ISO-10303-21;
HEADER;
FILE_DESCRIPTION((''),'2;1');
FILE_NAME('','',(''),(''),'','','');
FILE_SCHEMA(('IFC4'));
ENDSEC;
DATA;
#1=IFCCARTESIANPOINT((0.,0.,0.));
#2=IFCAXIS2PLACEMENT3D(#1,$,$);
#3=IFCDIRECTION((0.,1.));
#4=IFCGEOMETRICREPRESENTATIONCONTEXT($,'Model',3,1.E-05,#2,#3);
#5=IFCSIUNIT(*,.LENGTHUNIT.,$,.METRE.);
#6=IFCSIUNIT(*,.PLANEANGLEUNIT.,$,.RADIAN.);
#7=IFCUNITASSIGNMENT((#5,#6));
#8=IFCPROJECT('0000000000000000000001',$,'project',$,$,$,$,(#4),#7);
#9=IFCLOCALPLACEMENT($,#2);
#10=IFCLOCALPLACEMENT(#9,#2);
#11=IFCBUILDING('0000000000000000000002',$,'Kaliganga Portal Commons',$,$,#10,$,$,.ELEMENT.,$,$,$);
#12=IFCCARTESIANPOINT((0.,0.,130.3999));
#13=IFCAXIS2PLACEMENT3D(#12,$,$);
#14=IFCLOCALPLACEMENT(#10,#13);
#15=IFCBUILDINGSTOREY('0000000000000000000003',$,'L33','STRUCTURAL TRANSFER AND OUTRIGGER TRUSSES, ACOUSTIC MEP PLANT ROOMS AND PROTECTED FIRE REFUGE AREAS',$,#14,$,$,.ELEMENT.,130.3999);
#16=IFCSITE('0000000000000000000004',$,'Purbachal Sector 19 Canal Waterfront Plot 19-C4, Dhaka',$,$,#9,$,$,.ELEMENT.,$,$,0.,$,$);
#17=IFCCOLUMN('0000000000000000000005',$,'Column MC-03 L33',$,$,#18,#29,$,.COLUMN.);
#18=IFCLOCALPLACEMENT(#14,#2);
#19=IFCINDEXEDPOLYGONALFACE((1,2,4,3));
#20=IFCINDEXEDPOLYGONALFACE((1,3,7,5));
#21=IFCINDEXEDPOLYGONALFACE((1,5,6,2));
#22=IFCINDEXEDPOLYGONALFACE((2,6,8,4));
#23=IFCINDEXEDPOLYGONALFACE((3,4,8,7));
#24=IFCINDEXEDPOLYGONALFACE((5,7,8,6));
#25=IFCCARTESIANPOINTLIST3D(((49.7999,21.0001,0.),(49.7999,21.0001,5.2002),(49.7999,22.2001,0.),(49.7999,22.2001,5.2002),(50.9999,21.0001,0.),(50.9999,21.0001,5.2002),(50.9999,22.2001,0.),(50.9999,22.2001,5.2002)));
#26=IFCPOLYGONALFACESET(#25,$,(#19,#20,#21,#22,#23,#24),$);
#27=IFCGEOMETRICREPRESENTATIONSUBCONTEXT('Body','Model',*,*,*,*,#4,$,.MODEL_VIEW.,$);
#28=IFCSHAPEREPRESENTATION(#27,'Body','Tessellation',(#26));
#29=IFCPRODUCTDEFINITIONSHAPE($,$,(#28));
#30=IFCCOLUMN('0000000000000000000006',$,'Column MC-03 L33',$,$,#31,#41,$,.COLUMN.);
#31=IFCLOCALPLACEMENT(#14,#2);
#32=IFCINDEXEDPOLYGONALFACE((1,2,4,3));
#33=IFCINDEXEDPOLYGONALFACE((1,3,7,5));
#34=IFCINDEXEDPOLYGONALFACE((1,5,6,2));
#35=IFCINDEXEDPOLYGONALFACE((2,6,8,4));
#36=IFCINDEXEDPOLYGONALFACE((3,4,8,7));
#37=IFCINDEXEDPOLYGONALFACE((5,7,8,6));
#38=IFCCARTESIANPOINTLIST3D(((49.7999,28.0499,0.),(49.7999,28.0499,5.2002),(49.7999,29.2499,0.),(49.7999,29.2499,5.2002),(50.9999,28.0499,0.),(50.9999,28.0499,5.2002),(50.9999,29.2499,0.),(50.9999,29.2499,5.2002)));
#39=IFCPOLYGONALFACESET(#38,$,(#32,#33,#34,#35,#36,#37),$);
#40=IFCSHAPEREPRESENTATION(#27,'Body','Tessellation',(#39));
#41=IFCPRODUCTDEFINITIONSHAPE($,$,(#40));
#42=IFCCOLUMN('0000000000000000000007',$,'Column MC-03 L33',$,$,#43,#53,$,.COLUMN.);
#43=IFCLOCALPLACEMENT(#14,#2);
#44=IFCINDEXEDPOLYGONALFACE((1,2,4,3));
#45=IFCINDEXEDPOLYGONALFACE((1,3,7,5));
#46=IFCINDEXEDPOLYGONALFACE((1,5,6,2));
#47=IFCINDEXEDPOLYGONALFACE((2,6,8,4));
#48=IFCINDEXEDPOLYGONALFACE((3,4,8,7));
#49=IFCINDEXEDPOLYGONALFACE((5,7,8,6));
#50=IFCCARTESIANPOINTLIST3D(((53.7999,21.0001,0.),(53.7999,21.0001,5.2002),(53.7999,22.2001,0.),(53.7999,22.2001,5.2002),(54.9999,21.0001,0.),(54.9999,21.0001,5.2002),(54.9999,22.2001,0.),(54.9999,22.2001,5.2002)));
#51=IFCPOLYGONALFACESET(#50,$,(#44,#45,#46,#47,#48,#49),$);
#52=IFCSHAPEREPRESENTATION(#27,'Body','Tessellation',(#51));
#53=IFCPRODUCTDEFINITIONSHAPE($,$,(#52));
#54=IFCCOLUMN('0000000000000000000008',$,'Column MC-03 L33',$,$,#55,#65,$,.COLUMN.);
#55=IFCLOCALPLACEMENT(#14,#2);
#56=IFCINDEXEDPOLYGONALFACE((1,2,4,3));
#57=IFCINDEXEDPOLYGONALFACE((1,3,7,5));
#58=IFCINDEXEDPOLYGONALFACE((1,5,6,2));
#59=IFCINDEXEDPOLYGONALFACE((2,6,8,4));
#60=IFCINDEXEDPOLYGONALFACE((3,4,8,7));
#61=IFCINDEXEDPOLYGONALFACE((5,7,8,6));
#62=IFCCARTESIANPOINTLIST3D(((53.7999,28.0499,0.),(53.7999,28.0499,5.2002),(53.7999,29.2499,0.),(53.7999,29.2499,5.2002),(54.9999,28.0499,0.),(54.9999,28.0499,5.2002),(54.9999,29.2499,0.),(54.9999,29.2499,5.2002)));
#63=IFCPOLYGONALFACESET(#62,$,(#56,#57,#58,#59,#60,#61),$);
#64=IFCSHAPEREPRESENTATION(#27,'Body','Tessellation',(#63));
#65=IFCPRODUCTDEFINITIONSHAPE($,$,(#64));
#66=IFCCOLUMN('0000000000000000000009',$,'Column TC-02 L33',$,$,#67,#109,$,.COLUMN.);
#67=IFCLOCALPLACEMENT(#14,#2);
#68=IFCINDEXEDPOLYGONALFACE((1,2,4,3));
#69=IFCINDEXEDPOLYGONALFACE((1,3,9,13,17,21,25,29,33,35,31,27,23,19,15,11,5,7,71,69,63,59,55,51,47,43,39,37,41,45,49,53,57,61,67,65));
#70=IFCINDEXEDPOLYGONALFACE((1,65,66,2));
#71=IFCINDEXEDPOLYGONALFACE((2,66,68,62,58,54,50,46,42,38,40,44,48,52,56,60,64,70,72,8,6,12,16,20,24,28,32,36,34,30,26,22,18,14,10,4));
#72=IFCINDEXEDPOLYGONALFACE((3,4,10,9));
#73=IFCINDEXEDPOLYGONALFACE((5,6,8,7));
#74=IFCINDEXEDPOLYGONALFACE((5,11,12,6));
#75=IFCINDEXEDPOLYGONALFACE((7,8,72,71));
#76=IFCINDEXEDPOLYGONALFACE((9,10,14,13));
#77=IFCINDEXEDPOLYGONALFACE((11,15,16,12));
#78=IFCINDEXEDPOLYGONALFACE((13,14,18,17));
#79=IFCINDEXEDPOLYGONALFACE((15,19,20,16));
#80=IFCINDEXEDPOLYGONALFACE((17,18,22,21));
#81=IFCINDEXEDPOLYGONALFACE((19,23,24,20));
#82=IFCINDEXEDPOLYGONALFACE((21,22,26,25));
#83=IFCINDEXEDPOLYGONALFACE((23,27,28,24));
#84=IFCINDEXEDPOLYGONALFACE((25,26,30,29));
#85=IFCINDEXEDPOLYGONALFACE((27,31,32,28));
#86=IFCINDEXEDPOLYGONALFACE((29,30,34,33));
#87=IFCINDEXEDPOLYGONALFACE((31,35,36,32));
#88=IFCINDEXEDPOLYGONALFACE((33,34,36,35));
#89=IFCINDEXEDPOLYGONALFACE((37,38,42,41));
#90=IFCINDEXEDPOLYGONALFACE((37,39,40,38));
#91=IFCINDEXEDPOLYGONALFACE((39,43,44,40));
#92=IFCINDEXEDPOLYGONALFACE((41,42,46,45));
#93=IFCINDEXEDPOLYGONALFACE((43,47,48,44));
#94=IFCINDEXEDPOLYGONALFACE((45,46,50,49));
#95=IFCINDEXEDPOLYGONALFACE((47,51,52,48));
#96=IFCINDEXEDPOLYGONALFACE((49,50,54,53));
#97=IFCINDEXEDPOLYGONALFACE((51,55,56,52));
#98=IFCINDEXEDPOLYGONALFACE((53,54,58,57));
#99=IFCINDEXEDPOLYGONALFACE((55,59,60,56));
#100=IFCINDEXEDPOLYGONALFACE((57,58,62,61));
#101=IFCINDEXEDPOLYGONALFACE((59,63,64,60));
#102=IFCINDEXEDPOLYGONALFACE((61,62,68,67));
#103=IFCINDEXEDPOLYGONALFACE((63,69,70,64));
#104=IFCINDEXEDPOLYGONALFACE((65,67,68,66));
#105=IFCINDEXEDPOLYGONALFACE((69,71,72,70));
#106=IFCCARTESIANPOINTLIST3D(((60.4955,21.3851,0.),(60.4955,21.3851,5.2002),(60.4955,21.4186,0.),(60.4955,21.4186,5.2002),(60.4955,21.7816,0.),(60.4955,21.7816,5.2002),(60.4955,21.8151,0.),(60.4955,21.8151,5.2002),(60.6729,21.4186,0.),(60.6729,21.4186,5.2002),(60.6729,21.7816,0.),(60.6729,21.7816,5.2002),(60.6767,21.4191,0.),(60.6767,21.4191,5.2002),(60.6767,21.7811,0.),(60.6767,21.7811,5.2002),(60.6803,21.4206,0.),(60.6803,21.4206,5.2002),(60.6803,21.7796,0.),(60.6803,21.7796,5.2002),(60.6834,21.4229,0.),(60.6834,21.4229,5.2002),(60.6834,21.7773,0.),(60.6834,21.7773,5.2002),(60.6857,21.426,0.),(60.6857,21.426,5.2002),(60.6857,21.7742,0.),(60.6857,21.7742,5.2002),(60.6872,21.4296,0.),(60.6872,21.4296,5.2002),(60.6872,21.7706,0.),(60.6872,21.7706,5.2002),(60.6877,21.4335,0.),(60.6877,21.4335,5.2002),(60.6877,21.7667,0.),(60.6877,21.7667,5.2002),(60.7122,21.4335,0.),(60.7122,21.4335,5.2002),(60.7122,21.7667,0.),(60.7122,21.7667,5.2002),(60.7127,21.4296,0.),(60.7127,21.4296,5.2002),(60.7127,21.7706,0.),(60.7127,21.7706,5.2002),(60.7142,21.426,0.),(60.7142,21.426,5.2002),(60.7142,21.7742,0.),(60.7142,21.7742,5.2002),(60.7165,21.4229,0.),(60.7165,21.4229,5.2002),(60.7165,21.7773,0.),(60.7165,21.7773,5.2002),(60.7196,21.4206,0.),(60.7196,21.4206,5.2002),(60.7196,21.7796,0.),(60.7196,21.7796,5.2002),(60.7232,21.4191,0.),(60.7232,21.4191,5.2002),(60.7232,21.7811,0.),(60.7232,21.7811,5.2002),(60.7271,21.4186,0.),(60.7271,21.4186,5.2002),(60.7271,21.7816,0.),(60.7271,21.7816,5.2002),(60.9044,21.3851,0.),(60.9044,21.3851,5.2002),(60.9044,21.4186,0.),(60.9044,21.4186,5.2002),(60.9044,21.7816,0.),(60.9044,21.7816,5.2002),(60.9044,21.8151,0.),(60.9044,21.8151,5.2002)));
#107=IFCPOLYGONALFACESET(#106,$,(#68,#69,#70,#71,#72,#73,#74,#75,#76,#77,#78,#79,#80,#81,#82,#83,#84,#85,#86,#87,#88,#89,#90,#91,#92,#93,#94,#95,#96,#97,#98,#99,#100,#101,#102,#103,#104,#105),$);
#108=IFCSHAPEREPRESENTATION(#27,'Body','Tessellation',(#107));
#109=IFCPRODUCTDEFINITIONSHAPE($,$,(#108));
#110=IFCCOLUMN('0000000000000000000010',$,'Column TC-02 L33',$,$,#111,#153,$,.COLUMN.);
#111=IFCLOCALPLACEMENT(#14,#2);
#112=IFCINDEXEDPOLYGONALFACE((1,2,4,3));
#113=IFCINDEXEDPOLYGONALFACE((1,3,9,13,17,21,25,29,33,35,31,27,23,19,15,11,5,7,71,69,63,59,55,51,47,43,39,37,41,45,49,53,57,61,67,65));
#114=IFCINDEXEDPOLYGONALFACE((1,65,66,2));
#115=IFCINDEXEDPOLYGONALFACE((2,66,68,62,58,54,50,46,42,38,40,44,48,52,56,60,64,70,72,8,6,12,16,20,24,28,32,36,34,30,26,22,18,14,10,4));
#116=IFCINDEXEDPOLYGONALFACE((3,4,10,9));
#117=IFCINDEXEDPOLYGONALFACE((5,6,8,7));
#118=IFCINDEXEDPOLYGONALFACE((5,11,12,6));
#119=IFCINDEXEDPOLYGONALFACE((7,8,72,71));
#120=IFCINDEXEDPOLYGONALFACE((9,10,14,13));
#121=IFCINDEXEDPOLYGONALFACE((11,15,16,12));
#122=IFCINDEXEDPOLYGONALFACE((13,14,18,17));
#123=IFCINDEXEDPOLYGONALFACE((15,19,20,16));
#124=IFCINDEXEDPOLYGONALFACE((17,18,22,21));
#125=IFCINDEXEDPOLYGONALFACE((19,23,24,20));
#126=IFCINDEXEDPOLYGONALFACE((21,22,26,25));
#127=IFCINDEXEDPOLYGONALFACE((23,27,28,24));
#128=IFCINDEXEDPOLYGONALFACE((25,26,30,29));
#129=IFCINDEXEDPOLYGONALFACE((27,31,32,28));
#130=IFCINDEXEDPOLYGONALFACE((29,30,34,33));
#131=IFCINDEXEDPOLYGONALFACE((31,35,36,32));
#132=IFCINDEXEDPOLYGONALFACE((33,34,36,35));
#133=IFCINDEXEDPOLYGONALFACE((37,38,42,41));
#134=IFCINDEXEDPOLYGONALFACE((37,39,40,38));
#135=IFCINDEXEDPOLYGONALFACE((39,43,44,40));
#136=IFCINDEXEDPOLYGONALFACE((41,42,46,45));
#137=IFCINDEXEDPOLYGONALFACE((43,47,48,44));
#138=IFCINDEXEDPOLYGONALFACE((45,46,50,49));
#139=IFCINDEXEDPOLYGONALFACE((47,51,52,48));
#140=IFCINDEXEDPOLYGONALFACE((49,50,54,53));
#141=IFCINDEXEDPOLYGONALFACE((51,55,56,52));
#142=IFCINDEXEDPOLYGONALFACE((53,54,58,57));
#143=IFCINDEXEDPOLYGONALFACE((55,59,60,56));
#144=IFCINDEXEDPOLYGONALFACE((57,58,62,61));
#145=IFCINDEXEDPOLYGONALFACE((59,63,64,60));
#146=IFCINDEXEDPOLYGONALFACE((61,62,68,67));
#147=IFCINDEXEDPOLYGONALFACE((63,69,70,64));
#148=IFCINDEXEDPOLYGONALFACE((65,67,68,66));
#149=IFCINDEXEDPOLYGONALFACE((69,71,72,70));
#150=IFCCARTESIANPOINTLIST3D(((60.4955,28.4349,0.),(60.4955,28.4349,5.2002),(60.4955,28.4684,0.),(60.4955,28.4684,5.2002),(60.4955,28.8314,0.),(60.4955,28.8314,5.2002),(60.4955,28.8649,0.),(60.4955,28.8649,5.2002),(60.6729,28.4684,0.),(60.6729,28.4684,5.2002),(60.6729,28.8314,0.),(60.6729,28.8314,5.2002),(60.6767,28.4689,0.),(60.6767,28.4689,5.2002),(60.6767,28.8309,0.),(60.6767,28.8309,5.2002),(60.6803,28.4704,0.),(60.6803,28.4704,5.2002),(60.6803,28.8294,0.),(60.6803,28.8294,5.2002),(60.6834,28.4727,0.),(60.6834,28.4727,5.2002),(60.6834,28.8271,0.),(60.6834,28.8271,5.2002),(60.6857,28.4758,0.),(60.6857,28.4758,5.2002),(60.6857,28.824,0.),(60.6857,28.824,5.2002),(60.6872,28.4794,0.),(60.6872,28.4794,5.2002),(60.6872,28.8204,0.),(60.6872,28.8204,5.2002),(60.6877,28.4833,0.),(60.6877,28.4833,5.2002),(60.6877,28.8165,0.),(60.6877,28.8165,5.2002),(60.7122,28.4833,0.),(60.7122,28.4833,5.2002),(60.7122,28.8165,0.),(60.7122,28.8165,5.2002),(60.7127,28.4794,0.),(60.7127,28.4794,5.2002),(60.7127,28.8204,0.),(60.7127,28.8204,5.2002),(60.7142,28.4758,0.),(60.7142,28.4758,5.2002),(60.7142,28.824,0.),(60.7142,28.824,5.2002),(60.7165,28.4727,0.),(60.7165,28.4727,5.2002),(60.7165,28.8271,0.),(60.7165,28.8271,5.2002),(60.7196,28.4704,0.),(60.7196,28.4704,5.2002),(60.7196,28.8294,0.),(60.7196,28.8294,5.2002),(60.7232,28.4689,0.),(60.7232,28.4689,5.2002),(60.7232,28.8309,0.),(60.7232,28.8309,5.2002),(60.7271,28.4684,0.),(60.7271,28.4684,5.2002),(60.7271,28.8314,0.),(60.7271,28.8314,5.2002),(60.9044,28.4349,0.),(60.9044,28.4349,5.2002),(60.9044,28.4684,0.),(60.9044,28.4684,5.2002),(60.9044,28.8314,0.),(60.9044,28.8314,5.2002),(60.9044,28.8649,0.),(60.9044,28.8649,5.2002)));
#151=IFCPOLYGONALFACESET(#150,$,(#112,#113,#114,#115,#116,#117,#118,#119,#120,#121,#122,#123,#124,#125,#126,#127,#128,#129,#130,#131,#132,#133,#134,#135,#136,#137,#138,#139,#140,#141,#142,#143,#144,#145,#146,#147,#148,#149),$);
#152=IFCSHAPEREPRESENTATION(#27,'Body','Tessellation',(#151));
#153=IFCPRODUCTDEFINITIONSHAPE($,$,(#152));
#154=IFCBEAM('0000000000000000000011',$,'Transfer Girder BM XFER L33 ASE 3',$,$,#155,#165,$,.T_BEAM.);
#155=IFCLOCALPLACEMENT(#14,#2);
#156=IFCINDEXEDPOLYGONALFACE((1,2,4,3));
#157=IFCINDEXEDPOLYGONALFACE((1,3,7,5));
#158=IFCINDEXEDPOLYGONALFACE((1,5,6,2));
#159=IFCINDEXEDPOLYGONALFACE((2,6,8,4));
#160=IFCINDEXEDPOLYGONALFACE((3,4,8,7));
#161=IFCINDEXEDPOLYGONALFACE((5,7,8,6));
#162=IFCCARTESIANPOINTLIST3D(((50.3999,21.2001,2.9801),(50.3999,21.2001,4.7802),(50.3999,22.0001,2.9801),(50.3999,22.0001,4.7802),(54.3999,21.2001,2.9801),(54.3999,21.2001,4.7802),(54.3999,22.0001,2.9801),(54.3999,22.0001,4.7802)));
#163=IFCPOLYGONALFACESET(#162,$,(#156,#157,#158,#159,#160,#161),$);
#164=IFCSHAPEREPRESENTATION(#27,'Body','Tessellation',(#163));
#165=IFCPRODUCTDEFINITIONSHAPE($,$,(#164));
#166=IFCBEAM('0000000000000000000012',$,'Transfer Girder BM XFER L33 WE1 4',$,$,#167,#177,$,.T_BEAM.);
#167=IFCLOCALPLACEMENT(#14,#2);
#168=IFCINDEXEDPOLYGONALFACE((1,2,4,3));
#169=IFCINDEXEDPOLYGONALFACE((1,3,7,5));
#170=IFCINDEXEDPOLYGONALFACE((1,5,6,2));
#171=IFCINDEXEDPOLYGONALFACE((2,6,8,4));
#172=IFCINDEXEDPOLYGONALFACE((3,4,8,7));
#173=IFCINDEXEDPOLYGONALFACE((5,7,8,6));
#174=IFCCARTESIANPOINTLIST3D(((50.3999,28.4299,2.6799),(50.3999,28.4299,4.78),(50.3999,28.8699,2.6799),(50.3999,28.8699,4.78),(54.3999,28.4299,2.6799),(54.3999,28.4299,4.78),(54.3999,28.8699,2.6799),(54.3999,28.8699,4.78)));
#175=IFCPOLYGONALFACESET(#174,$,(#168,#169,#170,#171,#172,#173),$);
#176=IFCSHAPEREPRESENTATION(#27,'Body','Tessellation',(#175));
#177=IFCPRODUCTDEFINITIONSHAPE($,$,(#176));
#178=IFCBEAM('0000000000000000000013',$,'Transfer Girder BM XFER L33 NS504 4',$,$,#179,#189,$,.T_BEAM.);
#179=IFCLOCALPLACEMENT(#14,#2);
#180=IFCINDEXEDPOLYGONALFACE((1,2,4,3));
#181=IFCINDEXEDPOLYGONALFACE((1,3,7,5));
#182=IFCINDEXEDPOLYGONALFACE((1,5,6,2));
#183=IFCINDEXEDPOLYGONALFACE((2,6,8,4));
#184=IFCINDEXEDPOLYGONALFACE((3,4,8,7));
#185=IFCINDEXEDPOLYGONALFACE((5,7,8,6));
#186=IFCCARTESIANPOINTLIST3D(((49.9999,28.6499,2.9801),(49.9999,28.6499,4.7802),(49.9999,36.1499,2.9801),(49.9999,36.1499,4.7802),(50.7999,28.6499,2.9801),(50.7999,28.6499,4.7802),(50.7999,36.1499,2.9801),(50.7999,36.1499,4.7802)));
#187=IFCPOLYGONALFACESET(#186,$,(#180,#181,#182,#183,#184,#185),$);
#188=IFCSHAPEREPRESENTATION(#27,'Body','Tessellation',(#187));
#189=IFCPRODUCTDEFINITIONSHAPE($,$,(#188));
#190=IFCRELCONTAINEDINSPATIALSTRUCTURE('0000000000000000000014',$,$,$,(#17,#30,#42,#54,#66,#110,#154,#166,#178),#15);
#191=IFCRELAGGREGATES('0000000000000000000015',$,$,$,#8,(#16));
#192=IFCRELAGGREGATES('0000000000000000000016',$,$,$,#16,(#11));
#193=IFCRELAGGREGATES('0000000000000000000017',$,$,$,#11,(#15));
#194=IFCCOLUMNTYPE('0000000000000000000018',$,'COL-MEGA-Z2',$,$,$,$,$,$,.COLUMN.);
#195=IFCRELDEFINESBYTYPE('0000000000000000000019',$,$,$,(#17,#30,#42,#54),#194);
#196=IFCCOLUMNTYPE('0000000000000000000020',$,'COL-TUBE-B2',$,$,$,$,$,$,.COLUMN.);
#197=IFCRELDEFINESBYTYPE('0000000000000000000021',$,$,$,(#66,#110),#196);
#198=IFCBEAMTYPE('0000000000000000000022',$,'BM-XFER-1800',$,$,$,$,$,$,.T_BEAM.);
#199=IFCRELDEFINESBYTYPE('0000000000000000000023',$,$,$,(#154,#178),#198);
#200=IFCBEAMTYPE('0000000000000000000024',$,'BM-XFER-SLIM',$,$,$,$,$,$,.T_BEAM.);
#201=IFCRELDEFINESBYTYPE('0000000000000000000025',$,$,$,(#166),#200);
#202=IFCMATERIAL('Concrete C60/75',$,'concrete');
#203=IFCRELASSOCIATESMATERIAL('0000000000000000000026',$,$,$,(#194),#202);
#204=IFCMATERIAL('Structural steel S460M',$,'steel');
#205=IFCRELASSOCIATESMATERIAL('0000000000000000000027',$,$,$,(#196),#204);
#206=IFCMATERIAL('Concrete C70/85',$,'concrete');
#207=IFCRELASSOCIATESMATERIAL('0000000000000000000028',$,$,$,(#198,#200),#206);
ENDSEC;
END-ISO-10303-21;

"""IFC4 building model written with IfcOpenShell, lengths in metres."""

from ifc_helpers import new_model, si_unit, direction, frame, origin, origin_2d, place, context, subcontext, project, spatial, rectangle, i_section, extrude, source, transform, mapped, material, material_profile, profile_set, type_object, element, save


model = new_model("IFC4")

# Units and contexts
model_context = context("Model", 3, precision=1e-05, world=origin(), true_north=direction((0.0, 1.0)))
body_context = subcontext(model_context, "Body", "Model", "MODEL_VIEW")
ifc_project = project(units=[si_unit("LENGTHUNIT", "METRE"), si_unit("PLANEANGLEUNIT", "RADIAN")], contexts=[model_context])

# Site, building, storey
site_placement = place(None, origin())
site = spatial("IfcSite", under=ifc_project, at=site_placement, Name="Purbachal Sector 19 Canal Waterfront Plot 19-C4, Dhaka", CompositionType="ELEMENT", RefElevation=0.0)
building_placement = place(site_placement, origin())
building = spatial("IfcBuilding", under=site, at=building_placement, Name="Kaliganga Portal Commons", CompositionType="ELEMENT")
storey_placement = place(building_placement, frame((0.0, 0.0, 130.3999)))
storey = spatial("IfcBuildingStorey", under=building, at=storey_placement, Name="L33", Description="STRUCTURAL TRANSFER AND OUTRIGGER TRUSSES, ACOUSTIC MEP PLANT ROOMS AND PROTECTED FIRE REFUGE AREAS", CompositionType="ELEMENT", Elevation=130.3999)

# Columns
ifc_material_1 = material(Name="Concrete C60/75", Category="concrete")
ifc_material_profile_1 = material_profile(ifc_material_1, rectangle(XDim=1.2, YDim=1.2, at=origin_2d()), Name="RC 1200x1200")
ifc_profile_set_1 = profile_set([ifc_material_profile_1], Name="Concrete C60/75")
column_type_1 = type_object("IfcColumnType", Name="COL-MEGA-Z2", PredefinedType="COLUMN", material=ifc_profile_set_1)
shared_shape_1 = source(origin(), body_context, "Body", "SweptSolid", [
    extrude(rectangle(XDim=1.2, YDim=1.2, at=origin_2d()), origin(), (0.0, 0.0, 1.0), 5.2002),
])
for number, where, z_axis, x_axis, name in (
    (1, (50.3999, 21.6001, 0.0), (0.0, 0.0, 1.0), (1.0, 0.0, 0.0), "Column MC-03 L33"),
    (2, (50.3999, 28.6499, 0.0), (0.0, 0.0, 1.0), (1.0, 0.0, 0.0), "Column MC-03 L33"),
    (3, (54.3999, 21.6001, 0.0), (0.0, 0.0, 1.0), (1.0, 0.0, 0.0), "Column MC-03 L33"),
    (4, (54.3999, 28.6499, 0.0), (0.0, 0.0, 1.0), (1.0, 0.0, 0.0), "Column MC-03 L33"),
):
    element("IfcColumn", number, at=place(storey_placement, frame(where, z_axis=z_axis, x_axis=x_axis)), inside=storey, type_object=column_type_1, Name=name, PredefinedType="COLUMN", context=body_context, shape_type="MappedRepresentation", body=[
        mapped(shared_shape_1, transform((0.0, 0.0, 0.0), x_axis=(1.0, 0.0, 0.0), y_axis=(0.0, 1.0, 0.0), z_axis=(0.0, 0.0, 1.0), scale=1.0)),
    ])
ifc_material_2 = material(Name="Structural steel S460M", Category="steel")
ifc_material_profile_2 = material_profile(ifc_material_2, i_section(OverallWidth=0.4089, OverallDepth=0.4299, WebThickness=0.0244, FlangeThickness=0.0334, FilletRadius=0.0149, at=origin_2d()), Name="HD 400x421")
ifc_profile_set_2 = profile_set([ifc_material_profile_2], Name="Structural steel S460M wide-flange")
column_type_2 = type_object("IfcColumnType", Name="COL-TUBE-B2", PredefinedType="COLUMN", material=ifc_profile_set_2)
shared_shape_2 = source(origin(), body_context, "Body", "SweptSolid", [
    extrude(i_section(OverallWidth=0.4089, OverallDepth=0.4299, WebThickness=0.0244, FlangeThickness=0.0334, FilletRadius=0.0149, at=origin_2d()), origin(), (0.0, 0.0, 1.0), 5.2002),
])
for number, where, z_axis, x_axis, name in (
    (5, (60.7, 21.6001, 0.0), (0.0, 0.0, 1.0), (1.0, 0.0, 0.0), "Column TC-02 L33"),
    (6, (60.7, 28.6499, 0.0), (0.0, 0.0, 1.0), (1.0, 0.0, 0.0), "Column TC-02 L33"),
):
    element("IfcColumn", number, at=place(storey_placement, frame(where, z_axis=z_axis, x_axis=x_axis)), inside=storey, type_object=column_type_2, Name=name, PredefinedType="COLUMN", context=body_context, shape_type="MappedRepresentation", body=[
        mapped(shared_shape_2, transform((0.0, 0.0, 0.0), x_axis=(1.0, 0.0, 0.0), y_axis=(0.0, 1.0, 0.0), z_axis=(0.0, 0.0, 1.0), scale=1.0)),
    ])

# Beams
ifc_material_3 = material(Name="Concrete C70/85", Category="concrete")
ifc_material_profile_3 = material_profile(ifc_material_3, rectangle(XDim=0.8, YDim=1.8, at=origin_2d()), Name="RC 800x1800")
ifc_profile_set_3 = profile_set([ifc_material_profile_3], Name="Concrete C70/85")
beam_type_1 = type_object("IfcBeamType", Name="BM-XFER-1800", PredefinedType="T_BEAM", material=ifc_profile_set_3)
shared_shape_3 = source(origin(), body_context, "Body", "SweptSolid", [
    extrude(rectangle(XDim=0.8, YDim=1.8, at=origin_2d()), origin(), (0.0, 0.0, 1.0), 4.0),
])
beam_1_placement = place(storey_placement, frame((50.3999, 21.6001, 3.8801), z_axis=(1.0, 0.0, 0.0), x_axis=(0.0, 1.0, 0.0)))
element("IfcBeam", 7, at=beam_1_placement, inside=storey, type_object=beam_type_1, Name="Transfer Girder BM XFER L33 ASE 3", PredefinedType="T_BEAM", context=body_context, shape_type="MappedRepresentation", body=[
    mapped(shared_shape_3, transform((0.0, 0.0, 0.0), x_axis=(1.0, 0.0, 0.0), y_axis=(0.0, 1.0, 0.0), z_axis=(0.0, 0.0, 1.0), scale=1.0)),
])
ifc_material_profile_4 = material_profile(ifc_material_3, rectangle(XDim=0.4399, YDim=2.1001, at=origin_2d()), Name="RC 440x2100")
ifc_profile_set_4 = profile_set([ifc_material_profile_4], Name="Concrete C70/85")
beam_type_2 = type_object("IfcBeamType", Name="BM-XFER-SLIM", PredefinedType="T_BEAM", material=ifc_profile_set_4)
shared_shape_4 = source(origin(), body_context, "Body", "SweptSolid", [
    extrude(rectangle(XDim=0.4399, YDim=2.1001, at=origin_2d()), origin(), (0.0, 0.0, 1.0), 4.0),
])
beam_2_placement = place(storey_placement, frame((50.3999, 28.6499, 3.73), z_axis=(1.0, 0.0, 0.0), x_axis=(0.0, 1.0, 0.0)))
element("IfcBeam", 8, at=beam_2_placement, inside=storey, type_object=beam_type_2, Name="Transfer Girder BM XFER L33 WE1 4", PredefinedType="T_BEAM", context=body_context, shape_type="MappedRepresentation", body=[
    mapped(shared_shape_4, transform((0.0, 0.0, 0.0), x_axis=(1.0, 0.0, 0.0), y_axis=(0.0, 1.0, 0.0), z_axis=(0.0, 0.0, 1.0), scale=1.0)),
])
shared_shape_5 = source(origin(), body_context, "Body", "SweptSolid", [
    extrude(rectangle(XDim=0.8, YDim=1.8, at=origin_2d()), origin(), (0.0, 0.0, 1.0), 7.5),
])
for number, where, z_axis, x_axis, name in (
    (9, (50.3999, 28.6499, 3.8801), (0.0, 1.0, 0.0), (-1.0, 0.0, 0.0), "Transfer Girder BM XFER L33 NS504 4"),
):
    element("IfcBeam", number, at=place(storey_placement, frame(where, z_axis=z_axis, x_axis=x_axis)), inside=storey, type_object=beam_type_1, Name=name, PredefinedType="T_BEAM", context=body_context, shape_type="MappedRepresentation", body=[
        mapped(shared_shape_5, transform((0.0, 0.0, 0.0), x_axis=(1.0, 0.0, 0.0), y_axis=(0.0, 1.0, 0.0), z_axis=(0.0, 0.0, 1.0), scale=1.0)),
    ])

save(model, "model.ifc")
